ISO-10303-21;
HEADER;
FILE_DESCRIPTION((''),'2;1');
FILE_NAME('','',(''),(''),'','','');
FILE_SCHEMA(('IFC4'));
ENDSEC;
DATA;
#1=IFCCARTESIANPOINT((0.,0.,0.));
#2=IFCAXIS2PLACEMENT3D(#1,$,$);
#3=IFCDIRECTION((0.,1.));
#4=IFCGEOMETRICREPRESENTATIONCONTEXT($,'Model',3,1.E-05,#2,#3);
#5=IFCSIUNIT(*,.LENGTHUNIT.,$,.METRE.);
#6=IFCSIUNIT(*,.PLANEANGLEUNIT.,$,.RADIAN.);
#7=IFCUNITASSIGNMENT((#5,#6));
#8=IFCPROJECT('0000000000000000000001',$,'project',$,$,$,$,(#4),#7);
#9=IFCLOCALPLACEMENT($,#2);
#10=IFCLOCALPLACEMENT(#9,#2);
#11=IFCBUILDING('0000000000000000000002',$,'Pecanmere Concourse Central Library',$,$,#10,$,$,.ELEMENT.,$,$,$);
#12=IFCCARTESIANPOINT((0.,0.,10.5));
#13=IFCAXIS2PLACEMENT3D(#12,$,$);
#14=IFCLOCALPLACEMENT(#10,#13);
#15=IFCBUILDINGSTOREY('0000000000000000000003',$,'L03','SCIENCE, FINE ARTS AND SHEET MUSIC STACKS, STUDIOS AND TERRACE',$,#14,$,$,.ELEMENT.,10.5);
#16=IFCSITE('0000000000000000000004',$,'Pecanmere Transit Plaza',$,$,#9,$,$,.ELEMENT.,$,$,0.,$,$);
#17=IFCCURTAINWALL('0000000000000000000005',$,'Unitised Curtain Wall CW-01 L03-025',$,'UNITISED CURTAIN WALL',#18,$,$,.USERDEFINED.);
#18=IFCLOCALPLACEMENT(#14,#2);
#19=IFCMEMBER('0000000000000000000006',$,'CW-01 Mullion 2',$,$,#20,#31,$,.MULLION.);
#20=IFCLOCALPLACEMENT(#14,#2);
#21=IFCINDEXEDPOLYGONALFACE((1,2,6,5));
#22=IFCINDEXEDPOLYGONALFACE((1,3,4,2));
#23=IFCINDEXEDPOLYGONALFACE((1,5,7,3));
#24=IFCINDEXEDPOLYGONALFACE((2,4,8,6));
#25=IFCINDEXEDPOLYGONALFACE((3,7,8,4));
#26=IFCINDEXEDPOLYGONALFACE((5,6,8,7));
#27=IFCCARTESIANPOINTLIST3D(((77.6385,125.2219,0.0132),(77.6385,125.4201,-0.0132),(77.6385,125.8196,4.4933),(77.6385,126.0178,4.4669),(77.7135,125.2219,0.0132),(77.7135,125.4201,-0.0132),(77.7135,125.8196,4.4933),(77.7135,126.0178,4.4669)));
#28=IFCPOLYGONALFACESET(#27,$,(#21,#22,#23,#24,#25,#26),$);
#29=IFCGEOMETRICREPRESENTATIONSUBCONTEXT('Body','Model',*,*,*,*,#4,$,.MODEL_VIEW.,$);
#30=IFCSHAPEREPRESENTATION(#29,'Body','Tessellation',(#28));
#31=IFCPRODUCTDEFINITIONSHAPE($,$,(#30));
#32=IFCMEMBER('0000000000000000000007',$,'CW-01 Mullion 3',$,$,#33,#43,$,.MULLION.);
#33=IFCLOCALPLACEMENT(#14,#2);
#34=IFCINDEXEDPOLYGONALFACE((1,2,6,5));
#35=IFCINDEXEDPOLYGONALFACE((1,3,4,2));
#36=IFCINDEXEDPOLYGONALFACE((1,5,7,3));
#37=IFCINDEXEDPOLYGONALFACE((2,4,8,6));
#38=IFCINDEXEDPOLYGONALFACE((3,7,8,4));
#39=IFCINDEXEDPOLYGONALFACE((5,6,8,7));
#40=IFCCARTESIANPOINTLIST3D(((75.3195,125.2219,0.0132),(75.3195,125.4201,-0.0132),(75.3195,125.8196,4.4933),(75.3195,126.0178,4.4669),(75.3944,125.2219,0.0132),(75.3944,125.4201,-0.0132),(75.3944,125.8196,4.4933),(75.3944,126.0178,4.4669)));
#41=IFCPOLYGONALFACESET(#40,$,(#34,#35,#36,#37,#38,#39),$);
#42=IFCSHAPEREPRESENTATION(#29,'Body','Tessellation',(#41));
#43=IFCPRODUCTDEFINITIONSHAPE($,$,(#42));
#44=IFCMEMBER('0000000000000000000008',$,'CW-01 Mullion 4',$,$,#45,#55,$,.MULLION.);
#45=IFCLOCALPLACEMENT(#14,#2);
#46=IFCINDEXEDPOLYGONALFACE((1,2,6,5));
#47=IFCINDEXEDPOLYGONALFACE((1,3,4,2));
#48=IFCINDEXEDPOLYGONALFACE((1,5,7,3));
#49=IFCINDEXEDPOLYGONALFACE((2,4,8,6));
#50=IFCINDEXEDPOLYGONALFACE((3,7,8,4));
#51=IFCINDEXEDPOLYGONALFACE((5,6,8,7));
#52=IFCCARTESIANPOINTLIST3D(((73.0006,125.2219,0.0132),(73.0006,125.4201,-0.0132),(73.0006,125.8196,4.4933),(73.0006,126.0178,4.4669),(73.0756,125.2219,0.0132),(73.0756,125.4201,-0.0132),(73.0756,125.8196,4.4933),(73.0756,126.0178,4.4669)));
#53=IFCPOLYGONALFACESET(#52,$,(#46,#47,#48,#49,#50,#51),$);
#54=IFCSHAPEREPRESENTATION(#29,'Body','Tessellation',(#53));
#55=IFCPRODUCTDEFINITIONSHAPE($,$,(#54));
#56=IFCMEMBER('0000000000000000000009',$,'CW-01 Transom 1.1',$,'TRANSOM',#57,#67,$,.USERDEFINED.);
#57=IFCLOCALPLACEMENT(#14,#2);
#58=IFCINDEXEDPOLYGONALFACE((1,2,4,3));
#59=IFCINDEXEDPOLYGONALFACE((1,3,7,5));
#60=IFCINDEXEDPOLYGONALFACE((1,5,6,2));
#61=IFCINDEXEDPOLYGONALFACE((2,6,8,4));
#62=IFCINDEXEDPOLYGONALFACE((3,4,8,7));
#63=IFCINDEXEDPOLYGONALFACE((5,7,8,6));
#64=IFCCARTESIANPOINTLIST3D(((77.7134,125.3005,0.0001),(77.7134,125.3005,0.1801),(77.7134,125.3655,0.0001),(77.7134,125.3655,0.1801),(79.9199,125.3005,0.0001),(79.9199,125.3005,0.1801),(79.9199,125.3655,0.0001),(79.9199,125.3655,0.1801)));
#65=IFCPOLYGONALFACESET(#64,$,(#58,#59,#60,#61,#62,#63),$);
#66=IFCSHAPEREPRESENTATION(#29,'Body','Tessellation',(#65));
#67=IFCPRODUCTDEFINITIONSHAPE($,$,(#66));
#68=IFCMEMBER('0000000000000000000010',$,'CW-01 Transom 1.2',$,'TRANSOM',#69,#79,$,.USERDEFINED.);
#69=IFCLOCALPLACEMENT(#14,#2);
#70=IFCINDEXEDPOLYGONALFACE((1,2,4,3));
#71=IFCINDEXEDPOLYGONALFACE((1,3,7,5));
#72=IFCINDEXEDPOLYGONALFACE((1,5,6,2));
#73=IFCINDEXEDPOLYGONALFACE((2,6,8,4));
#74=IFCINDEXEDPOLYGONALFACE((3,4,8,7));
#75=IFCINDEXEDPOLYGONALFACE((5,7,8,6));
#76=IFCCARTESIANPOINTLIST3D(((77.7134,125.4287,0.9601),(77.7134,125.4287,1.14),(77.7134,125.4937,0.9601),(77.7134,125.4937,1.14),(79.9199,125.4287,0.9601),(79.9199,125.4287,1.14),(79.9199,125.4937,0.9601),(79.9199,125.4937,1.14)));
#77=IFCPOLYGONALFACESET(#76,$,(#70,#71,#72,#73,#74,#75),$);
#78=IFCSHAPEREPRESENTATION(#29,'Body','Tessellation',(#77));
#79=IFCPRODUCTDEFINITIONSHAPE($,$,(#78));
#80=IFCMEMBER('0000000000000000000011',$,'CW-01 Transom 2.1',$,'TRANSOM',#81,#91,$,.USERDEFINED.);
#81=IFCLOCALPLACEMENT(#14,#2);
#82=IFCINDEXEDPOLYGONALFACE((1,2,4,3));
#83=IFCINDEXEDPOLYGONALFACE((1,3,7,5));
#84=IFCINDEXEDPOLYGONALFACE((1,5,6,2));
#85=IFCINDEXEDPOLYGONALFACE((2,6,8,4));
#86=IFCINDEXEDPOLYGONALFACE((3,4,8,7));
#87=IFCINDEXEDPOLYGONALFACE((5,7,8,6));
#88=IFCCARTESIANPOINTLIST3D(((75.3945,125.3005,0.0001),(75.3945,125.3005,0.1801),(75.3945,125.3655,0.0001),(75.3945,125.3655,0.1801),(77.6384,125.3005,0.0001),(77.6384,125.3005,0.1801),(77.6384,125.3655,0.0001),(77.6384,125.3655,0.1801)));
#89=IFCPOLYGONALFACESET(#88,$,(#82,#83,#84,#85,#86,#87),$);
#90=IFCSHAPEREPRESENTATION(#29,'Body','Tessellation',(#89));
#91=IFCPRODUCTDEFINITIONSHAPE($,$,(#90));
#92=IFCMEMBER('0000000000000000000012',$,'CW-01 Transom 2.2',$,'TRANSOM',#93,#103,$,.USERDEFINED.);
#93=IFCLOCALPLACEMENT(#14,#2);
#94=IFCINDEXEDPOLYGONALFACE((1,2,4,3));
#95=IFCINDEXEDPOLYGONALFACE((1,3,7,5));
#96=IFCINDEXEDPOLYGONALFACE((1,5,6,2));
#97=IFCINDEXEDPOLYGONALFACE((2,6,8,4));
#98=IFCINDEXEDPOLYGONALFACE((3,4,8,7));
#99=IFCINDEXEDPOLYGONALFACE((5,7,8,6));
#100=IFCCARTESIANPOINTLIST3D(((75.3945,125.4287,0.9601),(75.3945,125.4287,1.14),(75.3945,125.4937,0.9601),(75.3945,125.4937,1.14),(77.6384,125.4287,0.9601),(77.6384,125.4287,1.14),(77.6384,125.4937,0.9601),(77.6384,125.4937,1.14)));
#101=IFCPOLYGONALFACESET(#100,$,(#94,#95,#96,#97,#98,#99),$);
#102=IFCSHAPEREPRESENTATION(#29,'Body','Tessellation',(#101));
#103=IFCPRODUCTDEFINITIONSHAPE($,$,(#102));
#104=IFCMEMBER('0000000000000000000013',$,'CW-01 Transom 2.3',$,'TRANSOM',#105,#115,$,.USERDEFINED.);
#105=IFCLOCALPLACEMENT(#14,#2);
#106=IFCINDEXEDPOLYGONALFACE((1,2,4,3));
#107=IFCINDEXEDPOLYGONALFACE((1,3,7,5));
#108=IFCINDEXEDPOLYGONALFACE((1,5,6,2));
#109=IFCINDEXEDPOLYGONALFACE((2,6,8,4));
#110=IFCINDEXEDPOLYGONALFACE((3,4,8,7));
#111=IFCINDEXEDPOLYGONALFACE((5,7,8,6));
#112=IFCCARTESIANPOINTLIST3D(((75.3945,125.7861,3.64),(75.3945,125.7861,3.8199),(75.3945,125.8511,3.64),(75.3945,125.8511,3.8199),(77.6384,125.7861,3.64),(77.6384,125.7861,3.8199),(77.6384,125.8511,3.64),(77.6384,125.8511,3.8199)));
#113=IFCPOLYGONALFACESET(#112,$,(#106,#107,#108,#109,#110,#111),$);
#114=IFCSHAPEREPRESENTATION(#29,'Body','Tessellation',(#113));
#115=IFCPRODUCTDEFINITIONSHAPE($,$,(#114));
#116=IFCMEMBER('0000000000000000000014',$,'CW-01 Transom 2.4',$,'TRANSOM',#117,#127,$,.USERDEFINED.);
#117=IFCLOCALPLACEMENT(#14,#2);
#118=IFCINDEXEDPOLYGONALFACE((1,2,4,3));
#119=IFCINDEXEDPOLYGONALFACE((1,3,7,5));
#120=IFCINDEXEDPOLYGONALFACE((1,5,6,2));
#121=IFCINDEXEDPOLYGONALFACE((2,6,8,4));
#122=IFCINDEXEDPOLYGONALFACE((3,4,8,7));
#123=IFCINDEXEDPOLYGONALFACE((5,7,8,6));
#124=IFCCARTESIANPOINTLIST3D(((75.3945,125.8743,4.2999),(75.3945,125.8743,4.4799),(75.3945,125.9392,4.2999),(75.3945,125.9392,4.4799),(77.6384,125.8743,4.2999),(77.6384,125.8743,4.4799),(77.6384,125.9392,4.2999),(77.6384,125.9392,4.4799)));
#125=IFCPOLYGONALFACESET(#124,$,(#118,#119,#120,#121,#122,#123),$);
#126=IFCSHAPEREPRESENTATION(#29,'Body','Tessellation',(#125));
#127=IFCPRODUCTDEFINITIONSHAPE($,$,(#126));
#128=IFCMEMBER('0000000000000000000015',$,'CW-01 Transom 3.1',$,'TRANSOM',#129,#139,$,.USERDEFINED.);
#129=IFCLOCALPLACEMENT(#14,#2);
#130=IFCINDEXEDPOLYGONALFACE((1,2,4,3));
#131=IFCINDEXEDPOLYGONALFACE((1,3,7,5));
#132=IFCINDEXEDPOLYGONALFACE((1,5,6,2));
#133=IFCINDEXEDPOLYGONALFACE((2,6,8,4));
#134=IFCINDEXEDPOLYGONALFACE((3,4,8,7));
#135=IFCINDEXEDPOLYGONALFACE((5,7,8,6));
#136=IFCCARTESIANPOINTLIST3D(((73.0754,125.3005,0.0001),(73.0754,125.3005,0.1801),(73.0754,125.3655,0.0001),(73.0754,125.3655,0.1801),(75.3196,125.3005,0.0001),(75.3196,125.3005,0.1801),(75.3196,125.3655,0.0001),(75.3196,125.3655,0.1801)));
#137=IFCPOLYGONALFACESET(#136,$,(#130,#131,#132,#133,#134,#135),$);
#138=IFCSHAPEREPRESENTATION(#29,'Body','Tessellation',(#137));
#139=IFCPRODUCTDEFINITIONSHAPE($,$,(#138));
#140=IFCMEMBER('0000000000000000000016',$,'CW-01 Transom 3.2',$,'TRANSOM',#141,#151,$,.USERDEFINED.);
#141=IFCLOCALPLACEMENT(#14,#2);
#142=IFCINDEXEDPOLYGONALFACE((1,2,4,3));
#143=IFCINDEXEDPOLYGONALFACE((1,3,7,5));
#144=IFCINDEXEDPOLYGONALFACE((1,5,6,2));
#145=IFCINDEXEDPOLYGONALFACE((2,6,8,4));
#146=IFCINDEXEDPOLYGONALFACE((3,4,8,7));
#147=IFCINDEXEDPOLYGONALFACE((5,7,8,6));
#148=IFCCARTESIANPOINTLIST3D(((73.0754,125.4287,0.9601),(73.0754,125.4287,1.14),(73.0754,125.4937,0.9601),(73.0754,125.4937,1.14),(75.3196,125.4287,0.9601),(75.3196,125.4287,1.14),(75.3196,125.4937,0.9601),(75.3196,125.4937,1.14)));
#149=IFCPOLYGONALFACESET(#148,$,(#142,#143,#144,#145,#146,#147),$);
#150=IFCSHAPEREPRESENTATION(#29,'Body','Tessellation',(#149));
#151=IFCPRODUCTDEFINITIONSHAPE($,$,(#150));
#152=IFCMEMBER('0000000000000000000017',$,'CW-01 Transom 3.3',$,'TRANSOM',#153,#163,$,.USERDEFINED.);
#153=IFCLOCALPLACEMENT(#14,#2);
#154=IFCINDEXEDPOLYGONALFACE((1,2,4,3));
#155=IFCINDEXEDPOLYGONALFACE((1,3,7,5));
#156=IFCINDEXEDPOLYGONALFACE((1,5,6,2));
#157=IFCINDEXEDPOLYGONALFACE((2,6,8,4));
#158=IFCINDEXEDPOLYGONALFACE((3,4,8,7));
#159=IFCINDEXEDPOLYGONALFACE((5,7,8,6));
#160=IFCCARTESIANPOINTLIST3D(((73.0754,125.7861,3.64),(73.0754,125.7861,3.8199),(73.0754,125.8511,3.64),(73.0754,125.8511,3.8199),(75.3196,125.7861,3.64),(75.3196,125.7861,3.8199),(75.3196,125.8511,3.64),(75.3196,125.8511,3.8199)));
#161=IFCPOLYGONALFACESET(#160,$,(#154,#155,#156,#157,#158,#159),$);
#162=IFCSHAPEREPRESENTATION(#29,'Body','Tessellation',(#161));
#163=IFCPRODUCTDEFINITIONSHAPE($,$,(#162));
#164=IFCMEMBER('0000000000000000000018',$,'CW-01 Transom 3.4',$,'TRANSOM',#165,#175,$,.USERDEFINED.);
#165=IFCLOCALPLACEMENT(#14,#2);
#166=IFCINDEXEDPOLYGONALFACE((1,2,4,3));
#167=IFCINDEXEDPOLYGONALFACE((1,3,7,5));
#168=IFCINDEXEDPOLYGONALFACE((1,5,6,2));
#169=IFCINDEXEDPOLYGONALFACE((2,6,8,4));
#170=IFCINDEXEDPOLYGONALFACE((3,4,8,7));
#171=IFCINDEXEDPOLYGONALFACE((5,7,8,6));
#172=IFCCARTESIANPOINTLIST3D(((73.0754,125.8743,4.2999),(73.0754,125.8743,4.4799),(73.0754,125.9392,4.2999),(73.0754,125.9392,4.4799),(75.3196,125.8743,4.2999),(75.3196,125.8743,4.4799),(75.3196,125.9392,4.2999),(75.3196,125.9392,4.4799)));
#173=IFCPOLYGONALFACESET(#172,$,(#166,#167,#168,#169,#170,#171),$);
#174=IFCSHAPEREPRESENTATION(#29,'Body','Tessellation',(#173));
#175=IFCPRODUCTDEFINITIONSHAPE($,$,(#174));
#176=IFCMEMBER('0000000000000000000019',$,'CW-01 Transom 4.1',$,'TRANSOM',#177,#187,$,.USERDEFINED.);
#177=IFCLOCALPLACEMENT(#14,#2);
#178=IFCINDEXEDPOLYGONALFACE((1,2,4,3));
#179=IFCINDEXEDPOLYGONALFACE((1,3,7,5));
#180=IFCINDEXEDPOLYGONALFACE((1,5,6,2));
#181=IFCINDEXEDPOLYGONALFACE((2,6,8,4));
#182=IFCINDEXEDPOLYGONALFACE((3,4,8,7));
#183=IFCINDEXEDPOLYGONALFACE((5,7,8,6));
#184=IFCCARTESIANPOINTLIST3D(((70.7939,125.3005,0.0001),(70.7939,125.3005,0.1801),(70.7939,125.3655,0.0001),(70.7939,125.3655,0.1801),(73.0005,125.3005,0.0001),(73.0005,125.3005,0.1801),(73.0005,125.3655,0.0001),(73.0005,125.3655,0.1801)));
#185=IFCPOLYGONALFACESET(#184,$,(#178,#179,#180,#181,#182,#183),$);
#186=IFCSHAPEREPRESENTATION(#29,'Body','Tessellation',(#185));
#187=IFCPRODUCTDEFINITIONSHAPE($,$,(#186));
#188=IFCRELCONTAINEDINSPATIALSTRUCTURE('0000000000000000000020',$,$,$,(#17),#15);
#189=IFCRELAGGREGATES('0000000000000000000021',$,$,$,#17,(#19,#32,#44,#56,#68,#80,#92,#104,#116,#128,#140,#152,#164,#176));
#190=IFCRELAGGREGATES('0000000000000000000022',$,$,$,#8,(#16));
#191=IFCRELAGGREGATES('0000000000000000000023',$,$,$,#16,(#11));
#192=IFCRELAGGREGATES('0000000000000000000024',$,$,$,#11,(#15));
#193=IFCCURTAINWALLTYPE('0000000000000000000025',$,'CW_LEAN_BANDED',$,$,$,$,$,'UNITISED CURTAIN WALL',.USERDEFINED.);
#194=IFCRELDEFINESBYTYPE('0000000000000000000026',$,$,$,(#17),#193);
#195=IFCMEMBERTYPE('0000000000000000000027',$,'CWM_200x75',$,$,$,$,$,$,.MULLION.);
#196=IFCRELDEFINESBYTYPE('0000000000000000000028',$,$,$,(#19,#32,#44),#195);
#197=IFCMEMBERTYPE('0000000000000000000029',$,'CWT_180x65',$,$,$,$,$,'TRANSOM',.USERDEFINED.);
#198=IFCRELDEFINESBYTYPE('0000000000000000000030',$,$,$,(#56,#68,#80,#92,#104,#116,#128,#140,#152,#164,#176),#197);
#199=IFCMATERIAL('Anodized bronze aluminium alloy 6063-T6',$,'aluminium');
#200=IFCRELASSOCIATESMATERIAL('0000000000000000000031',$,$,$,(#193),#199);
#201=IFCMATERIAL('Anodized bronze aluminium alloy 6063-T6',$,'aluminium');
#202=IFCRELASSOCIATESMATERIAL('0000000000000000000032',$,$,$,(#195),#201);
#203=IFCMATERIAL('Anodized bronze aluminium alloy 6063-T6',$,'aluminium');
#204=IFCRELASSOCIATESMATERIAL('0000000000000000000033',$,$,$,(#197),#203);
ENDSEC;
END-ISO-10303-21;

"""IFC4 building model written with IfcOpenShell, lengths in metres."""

from ifc_helpers import new_model, si_unit, direction, frame, origin, origin_2d, place, context, subcontext, project, spatial, rectangle, extrude, material, material_profile, profile_set, type_object, element, aggregate, save


model = new_model("IFC4")

# Units and contexts
model_context = context("Model", 3, precision=1e-05, world=origin(), true_north=direction((0.0, 1.0)))
body_context = subcontext(model_context, "Body", "Model", "MODEL_VIEW")
ifc_project = project(units=[si_unit("LENGTHUNIT", "METRE"), si_unit("PLANEANGLEUNIT", "RADIAN")], contexts=[model_context])

# Site, building, storey
site_placement = place(None, origin())
site = spatial("IfcSite", under=ifc_project, at=site_placement, Name="Pecanmere Transit Plaza", CompositionType="ELEMENT", RefElevation=0.0)
building_placement = place(site_placement, origin())
building = spatial("IfcBuilding", under=site, at=building_placement, Name="Pecanmere Concourse Central Library", CompositionType="ELEMENT")
storey_placement = place(building_placement, frame((0.0, 0.0, 10.5)))
storey = spatial("IfcBuildingStorey", under=building, at=storey_placement, Name="L03", Description="SCIENCE, FINE ARTS AND SHEET MUSIC STACKS, STUDIOS AND TERRACE", CompositionType="ELEMENT", Elevation=10.5)

# Curtain wall, members
ifc_material_1 = material(Name="Anodized bronze aluminium alloy 6063-T6", Category="aluminium")
curtain_wall_type = type_object("IfcCurtainWallType", Name="CW_LEAN_BANDED", ElementType="UNITISED CURTAIN WALL", PredefinedType="USERDEFINED", material=ifc_material_1)
curtain_wall_placement = place(storey_placement, origin())
curtain_wall = element("IfcCurtainWall", 1, at=curtain_wall_placement, inside=storey, type_object=curtain_wall_type, Name="Unitised Curtain Wall CW-01 L03-025", ObjectType="UNITISED CURTAIN WALL", PredefinedType="USERDEFINED")
ifc_material_2 = material(Name="Anodized bronze aluminium alloy 6063-T6", Category="aluminium")
ifc_material_profile_1 = material_profile(ifc_material_2, rectangle(XDim=0.075, YDim=0.2, at=origin_2d()), Name="AL 75x200")
ifc_profile_set_1 = profile_set([ifc_material_profile_1], Name="Anodized bronze aluminium alloy 6063-T6")
member_type_1 = type_object("IfcMemberType", Name="CWM_200x75", PredefinedType="MULLION", material=ifc_profile_set_1)
member_1_placement = place(storey_placement, frame((77.676, 125.321, 0.0), z_axis=(0.0, 0.132234, 0.991218), x_axis=(-1.0, 0.0, 0.0)))
member_1 = element("IfcMember", 2, at=member_1_placement, type_object=member_type_1, Name="CW-01 Mullion 2", PredefinedType="MULLION", context=body_context, shape_type="SweptSolid", body=[
    extrude(rectangle(XDim=0.075, YDim=0.2, at=origin_2d()), origin(), (0.0, 0.0, 1.0), 4.5198),
])
member_2_placement = place(storey_placement, frame((75.3569, 125.321, 0.0), z_axis=(0.0, 0.132234, 0.991218), x_axis=(-1.0, 0.0, 0.0)))
member_2 = element("IfcMember", 3, at=member_2_placement, type_object=member_type_1, Name="CW-01 Mullion 3", PredefinedType="MULLION", context=body_context, shape_type="SweptSolid", body=[
    extrude(rectangle(XDim=0.075, YDim=0.2, at=origin_2d()), origin(), (0.0, 0.0, 1.0), 4.5198),
])
member_3_placement = place(storey_placement, frame((73.0381, 125.321, 0.0), z_axis=(0.0, 0.132234, 0.991218), x_axis=(-1.0, 0.0, 0.0)))
member_3 = element("IfcMember", 4, at=member_3_placement, type_object=member_type_1, Name="CW-01 Mullion 4", PredefinedType="MULLION", context=body_context, shape_type="SweptSolid", body=[
    extrude(rectangle(XDim=0.075, YDim=0.2, at=origin_2d()), origin(), (0.0, 0.0, 1.0), 4.5198),
])
ifc_material_3 = material(Name="Anodized bronze aluminium alloy 6063-T6", Category="aluminium")
ifc_material_profile_2 = material_profile(ifc_material_3, rectangle(XDim=0.0649, YDim=0.1799, at=origin_2d()), Name="AL 65x180")
ifc_profile_set_2 = profile_set([ifc_material_profile_2], Name="Anodized bronze aluminium alloy 6063-T6")
member_type_2 = type_object("IfcMemberType", Name="CWT_180x65", ElementType="TRANSOM", PredefinedType="USERDEFINED", material=ifc_profile_set_2)
member_4_placement = place(storey_placement, frame((79.9199, 125.333, 0.0901), z_axis=(-1.0, 0.0, 0.0), x_axis=(0.0, -1.0, 0.0)))
member_4 = element("IfcMember", 5, at=member_4_placement, type_object=member_type_2, Name="CW-01 Transom 1.1", ObjectType="TRANSOM", PredefinedType="USERDEFINED", context=body_context, shape_type="SweptSolid", body=[
    extrude(rectangle(XDim=0.0649, YDim=0.1799, at=origin_2d()), origin(), (0.0, 0.0, 1.0), 2.2065),
])
member_5_placement = place(storey_placement, frame((79.9199, 125.4612, 1.05), z_axis=(-1.0, 0.0, 0.0), x_axis=(0.0, -1.0, 0.0)))
member_5 = element("IfcMember", 6, at=member_5_placement, type_object=member_type_2, Name="CW-01 Transom 1.2", ObjectType="TRANSOM", PredefinedType="USERDEFINED", context=body_context, shape_type="SweptSolid", body=[
    extrude(rectangle(XDim=0.0649, YDim=0.1799, at=origin_2d()), origin(), (0.0, 0.0, 1.0), 2.2065),
])
member_6_placement = place(storey_placement, frame((77.6384, 125.333, 0.0901), z_axis=(-1.0, 0.0, 0.0), x_axis=(0.0, -1.0, 0.0)))
member_6 = element("IfcMember", 7, at=member_6_placement, type_object=member_type_2, Name="CW-01 Transom 2.1", ObjectType="TRANSOM", PredefinedType="USERDEFINED", context=body_context, shape_type="SweptSolid", body=[
    extrude(rectangle(XDim=0.0649, YDim=0.1799, at=origin_2d()), origin(), (0.0, 0.0, 1.0), 2.2439),
])
member_7_placement = place(storey_placement, frame((77.6384, 125.4612, 1.05), z_axis=(-1.0, 0.0, 0.0), x_axis=(0.0, -1.0, 0.0)))
member_7 = element("IfcMember", 8, at=member_7_placement, type_object=member_type_2, Name="CW-01 Transom 2.2", ObjectType="TRANSOM", PredefinedType="USERDEFINED", context=body_context, shape_type="SweptSolid", body=[
    extrude(rectangle(XDim=0.0649, YDim=0.1799, at=origin_2d()), origin(), (0.0, 0.0, 1.0), 2.2439),
])
member_8_placement = place(storey_placement, frame((77.6384, 125.8186, 3.73), z_axis=(-1.0, 0.0, 0.0), x_axis=(0.0, -1.0, 0.0)))
member_8 = element("IfcMember", 9, at=member_8_placement, type_object=member_type_2, Name="CW-01 Transom 2.3", ObjectType="TRANSOM", PredefinedType="USERDEFINED", context=body_context, shape_type="SweptSolid", body=[
    extrude(rectangle(XDim=0.0649, YDim=0.1799, at=origin_2d()), origin(), (0.0, 0.0, 1.0), 2.2439),
])
member_9_placement = place(storey_placement, frame((77.6384, 125.9067, 4.3899), z_axis=(-1.0, 0.0, 0.0), x_axis=(0.0, -1.0, 0.0)))
member_9 = element("IfcMember", 10, at=member_9_placement, type_object=member_type_2, Name="CW-01 Transom 2.4", ObjectType="TRANSOM", PredefinedType="USERDEFINED", context=body_context, shape_type="SweptSolid", body=[
    extrude(rectangle(XDim=0.0649, YDim=0.1799, at=origin_2d()), origin(), (0.0, 0.0, 1.0), 2.2439),
])
member_10_placement = place(storey_placement, frame((75.3196, 125.333, 0.0901), z_axis=(-1.0, 0.0, 0.0), x_axis=(0.0, -1.0, 0.0)))
member_10 = element("IfcMember", 11, at=member_10_placement, type_object=member_type_2, Name="CW-01 Transom 3.1", ObjectType="TRANSOM", PredefinedType="USERDEFINED", context=body_context, shape_type="SweptSolid", body=[
    extrude(rectangle(XDim=0.0649, YDim=0.1799, at=origin_2d()), origin(), (0.0, 0.0, 1.0), 2.2441),
])
member_11_placement = place(storey_placement, frame((75.3196, 125.4612, 1.05), z_axis=(-1.0, 0.0, 0.0), x_axis=(0.0, -1.0, 0.0)))
member_11 = element("IfcMember", 12, at=member_11_placement, type_object=member_type_2, Name="CW-01 Transom 3.2", ObjectType="TRANSOM", PredefinedType="USERDEFINED", context=body_context, shape_type="SweptSolid", body=[
    extrude(rectangle(XDim=0.0649, YDim=0.1799, at=origin_2d()), origin(), (0.0, 0.0, 1.0), 2.2441),
])
member_12_placement = place(storey_placement, frame((75.3196, 125.8186, 3.73), z_axis=(-1.0, 0.0, 0.0), x_axis=(0.0, -1.0, 0.0)))
member_12 = element("IfcMember", 13, at=member_12_placement, type_object=member_type_2, Name="CW-01 Transom 3.3", ObjectType="TRANSOM", PredefinedType="USERDEFINED", context=body_context, shape_type="SweptSolid", body=[
    extrude(rectangle(XDim=0.0649, YDim=0.1799, at=origin_2d()), origin(), (0.0, 0.0, 1.0), 2.2441),
])
member_13_placement = place(storey_placement, frame((75.3196, 125.9067, 4.3899), z_axis=(-1.0, 0.0, 0.0), x_axis=(0.0, -1.0, 0.0)))
member_13 = element("IfcMember", 14, at=member_13_placement, type_object=member_type_2, Name="CW-01 Transom 3.4", ObjectType="TRANSOM", PredefinedType="USERDEFINED", context=body_context, shape_type="SweptSolid", body=[
    extrude(rectangle(XDim=0.0649, YDim=0.1799, at=origin_2d()), origin(), (0.0, 0.0, 1.0), 2.2441),
])
member_14_placement = place(storey_placement, frame((73.0005, 125.333, 0.0901), z_axis=(-1.0, 0.0, 0.0), x_axis=(0.0, -1.0, 0.0)))
member_14 = element("IfcMember", 15, at=member_14_placement, type_object=member_type_2, Name="CW-01 Transom 4.1", ObjectType="TRANSOM", PredefinedType="USERDEFINED", context=body_context, shape_type="SweptSolid", body=[
    extrude(rectangle(XDim=0.0649, YDim=0.1799, at=origin_2d()), origin(), (0.0, 0.0, 1.0), 2.2065),
])
aggregate(curtain_wall, [member_1, member_2, member_3, member_4, member_5, member_6, member_7, member_8, member_9, member_10, member_11, member_12, member_13, member_14])

save(model, "model.ifc")
